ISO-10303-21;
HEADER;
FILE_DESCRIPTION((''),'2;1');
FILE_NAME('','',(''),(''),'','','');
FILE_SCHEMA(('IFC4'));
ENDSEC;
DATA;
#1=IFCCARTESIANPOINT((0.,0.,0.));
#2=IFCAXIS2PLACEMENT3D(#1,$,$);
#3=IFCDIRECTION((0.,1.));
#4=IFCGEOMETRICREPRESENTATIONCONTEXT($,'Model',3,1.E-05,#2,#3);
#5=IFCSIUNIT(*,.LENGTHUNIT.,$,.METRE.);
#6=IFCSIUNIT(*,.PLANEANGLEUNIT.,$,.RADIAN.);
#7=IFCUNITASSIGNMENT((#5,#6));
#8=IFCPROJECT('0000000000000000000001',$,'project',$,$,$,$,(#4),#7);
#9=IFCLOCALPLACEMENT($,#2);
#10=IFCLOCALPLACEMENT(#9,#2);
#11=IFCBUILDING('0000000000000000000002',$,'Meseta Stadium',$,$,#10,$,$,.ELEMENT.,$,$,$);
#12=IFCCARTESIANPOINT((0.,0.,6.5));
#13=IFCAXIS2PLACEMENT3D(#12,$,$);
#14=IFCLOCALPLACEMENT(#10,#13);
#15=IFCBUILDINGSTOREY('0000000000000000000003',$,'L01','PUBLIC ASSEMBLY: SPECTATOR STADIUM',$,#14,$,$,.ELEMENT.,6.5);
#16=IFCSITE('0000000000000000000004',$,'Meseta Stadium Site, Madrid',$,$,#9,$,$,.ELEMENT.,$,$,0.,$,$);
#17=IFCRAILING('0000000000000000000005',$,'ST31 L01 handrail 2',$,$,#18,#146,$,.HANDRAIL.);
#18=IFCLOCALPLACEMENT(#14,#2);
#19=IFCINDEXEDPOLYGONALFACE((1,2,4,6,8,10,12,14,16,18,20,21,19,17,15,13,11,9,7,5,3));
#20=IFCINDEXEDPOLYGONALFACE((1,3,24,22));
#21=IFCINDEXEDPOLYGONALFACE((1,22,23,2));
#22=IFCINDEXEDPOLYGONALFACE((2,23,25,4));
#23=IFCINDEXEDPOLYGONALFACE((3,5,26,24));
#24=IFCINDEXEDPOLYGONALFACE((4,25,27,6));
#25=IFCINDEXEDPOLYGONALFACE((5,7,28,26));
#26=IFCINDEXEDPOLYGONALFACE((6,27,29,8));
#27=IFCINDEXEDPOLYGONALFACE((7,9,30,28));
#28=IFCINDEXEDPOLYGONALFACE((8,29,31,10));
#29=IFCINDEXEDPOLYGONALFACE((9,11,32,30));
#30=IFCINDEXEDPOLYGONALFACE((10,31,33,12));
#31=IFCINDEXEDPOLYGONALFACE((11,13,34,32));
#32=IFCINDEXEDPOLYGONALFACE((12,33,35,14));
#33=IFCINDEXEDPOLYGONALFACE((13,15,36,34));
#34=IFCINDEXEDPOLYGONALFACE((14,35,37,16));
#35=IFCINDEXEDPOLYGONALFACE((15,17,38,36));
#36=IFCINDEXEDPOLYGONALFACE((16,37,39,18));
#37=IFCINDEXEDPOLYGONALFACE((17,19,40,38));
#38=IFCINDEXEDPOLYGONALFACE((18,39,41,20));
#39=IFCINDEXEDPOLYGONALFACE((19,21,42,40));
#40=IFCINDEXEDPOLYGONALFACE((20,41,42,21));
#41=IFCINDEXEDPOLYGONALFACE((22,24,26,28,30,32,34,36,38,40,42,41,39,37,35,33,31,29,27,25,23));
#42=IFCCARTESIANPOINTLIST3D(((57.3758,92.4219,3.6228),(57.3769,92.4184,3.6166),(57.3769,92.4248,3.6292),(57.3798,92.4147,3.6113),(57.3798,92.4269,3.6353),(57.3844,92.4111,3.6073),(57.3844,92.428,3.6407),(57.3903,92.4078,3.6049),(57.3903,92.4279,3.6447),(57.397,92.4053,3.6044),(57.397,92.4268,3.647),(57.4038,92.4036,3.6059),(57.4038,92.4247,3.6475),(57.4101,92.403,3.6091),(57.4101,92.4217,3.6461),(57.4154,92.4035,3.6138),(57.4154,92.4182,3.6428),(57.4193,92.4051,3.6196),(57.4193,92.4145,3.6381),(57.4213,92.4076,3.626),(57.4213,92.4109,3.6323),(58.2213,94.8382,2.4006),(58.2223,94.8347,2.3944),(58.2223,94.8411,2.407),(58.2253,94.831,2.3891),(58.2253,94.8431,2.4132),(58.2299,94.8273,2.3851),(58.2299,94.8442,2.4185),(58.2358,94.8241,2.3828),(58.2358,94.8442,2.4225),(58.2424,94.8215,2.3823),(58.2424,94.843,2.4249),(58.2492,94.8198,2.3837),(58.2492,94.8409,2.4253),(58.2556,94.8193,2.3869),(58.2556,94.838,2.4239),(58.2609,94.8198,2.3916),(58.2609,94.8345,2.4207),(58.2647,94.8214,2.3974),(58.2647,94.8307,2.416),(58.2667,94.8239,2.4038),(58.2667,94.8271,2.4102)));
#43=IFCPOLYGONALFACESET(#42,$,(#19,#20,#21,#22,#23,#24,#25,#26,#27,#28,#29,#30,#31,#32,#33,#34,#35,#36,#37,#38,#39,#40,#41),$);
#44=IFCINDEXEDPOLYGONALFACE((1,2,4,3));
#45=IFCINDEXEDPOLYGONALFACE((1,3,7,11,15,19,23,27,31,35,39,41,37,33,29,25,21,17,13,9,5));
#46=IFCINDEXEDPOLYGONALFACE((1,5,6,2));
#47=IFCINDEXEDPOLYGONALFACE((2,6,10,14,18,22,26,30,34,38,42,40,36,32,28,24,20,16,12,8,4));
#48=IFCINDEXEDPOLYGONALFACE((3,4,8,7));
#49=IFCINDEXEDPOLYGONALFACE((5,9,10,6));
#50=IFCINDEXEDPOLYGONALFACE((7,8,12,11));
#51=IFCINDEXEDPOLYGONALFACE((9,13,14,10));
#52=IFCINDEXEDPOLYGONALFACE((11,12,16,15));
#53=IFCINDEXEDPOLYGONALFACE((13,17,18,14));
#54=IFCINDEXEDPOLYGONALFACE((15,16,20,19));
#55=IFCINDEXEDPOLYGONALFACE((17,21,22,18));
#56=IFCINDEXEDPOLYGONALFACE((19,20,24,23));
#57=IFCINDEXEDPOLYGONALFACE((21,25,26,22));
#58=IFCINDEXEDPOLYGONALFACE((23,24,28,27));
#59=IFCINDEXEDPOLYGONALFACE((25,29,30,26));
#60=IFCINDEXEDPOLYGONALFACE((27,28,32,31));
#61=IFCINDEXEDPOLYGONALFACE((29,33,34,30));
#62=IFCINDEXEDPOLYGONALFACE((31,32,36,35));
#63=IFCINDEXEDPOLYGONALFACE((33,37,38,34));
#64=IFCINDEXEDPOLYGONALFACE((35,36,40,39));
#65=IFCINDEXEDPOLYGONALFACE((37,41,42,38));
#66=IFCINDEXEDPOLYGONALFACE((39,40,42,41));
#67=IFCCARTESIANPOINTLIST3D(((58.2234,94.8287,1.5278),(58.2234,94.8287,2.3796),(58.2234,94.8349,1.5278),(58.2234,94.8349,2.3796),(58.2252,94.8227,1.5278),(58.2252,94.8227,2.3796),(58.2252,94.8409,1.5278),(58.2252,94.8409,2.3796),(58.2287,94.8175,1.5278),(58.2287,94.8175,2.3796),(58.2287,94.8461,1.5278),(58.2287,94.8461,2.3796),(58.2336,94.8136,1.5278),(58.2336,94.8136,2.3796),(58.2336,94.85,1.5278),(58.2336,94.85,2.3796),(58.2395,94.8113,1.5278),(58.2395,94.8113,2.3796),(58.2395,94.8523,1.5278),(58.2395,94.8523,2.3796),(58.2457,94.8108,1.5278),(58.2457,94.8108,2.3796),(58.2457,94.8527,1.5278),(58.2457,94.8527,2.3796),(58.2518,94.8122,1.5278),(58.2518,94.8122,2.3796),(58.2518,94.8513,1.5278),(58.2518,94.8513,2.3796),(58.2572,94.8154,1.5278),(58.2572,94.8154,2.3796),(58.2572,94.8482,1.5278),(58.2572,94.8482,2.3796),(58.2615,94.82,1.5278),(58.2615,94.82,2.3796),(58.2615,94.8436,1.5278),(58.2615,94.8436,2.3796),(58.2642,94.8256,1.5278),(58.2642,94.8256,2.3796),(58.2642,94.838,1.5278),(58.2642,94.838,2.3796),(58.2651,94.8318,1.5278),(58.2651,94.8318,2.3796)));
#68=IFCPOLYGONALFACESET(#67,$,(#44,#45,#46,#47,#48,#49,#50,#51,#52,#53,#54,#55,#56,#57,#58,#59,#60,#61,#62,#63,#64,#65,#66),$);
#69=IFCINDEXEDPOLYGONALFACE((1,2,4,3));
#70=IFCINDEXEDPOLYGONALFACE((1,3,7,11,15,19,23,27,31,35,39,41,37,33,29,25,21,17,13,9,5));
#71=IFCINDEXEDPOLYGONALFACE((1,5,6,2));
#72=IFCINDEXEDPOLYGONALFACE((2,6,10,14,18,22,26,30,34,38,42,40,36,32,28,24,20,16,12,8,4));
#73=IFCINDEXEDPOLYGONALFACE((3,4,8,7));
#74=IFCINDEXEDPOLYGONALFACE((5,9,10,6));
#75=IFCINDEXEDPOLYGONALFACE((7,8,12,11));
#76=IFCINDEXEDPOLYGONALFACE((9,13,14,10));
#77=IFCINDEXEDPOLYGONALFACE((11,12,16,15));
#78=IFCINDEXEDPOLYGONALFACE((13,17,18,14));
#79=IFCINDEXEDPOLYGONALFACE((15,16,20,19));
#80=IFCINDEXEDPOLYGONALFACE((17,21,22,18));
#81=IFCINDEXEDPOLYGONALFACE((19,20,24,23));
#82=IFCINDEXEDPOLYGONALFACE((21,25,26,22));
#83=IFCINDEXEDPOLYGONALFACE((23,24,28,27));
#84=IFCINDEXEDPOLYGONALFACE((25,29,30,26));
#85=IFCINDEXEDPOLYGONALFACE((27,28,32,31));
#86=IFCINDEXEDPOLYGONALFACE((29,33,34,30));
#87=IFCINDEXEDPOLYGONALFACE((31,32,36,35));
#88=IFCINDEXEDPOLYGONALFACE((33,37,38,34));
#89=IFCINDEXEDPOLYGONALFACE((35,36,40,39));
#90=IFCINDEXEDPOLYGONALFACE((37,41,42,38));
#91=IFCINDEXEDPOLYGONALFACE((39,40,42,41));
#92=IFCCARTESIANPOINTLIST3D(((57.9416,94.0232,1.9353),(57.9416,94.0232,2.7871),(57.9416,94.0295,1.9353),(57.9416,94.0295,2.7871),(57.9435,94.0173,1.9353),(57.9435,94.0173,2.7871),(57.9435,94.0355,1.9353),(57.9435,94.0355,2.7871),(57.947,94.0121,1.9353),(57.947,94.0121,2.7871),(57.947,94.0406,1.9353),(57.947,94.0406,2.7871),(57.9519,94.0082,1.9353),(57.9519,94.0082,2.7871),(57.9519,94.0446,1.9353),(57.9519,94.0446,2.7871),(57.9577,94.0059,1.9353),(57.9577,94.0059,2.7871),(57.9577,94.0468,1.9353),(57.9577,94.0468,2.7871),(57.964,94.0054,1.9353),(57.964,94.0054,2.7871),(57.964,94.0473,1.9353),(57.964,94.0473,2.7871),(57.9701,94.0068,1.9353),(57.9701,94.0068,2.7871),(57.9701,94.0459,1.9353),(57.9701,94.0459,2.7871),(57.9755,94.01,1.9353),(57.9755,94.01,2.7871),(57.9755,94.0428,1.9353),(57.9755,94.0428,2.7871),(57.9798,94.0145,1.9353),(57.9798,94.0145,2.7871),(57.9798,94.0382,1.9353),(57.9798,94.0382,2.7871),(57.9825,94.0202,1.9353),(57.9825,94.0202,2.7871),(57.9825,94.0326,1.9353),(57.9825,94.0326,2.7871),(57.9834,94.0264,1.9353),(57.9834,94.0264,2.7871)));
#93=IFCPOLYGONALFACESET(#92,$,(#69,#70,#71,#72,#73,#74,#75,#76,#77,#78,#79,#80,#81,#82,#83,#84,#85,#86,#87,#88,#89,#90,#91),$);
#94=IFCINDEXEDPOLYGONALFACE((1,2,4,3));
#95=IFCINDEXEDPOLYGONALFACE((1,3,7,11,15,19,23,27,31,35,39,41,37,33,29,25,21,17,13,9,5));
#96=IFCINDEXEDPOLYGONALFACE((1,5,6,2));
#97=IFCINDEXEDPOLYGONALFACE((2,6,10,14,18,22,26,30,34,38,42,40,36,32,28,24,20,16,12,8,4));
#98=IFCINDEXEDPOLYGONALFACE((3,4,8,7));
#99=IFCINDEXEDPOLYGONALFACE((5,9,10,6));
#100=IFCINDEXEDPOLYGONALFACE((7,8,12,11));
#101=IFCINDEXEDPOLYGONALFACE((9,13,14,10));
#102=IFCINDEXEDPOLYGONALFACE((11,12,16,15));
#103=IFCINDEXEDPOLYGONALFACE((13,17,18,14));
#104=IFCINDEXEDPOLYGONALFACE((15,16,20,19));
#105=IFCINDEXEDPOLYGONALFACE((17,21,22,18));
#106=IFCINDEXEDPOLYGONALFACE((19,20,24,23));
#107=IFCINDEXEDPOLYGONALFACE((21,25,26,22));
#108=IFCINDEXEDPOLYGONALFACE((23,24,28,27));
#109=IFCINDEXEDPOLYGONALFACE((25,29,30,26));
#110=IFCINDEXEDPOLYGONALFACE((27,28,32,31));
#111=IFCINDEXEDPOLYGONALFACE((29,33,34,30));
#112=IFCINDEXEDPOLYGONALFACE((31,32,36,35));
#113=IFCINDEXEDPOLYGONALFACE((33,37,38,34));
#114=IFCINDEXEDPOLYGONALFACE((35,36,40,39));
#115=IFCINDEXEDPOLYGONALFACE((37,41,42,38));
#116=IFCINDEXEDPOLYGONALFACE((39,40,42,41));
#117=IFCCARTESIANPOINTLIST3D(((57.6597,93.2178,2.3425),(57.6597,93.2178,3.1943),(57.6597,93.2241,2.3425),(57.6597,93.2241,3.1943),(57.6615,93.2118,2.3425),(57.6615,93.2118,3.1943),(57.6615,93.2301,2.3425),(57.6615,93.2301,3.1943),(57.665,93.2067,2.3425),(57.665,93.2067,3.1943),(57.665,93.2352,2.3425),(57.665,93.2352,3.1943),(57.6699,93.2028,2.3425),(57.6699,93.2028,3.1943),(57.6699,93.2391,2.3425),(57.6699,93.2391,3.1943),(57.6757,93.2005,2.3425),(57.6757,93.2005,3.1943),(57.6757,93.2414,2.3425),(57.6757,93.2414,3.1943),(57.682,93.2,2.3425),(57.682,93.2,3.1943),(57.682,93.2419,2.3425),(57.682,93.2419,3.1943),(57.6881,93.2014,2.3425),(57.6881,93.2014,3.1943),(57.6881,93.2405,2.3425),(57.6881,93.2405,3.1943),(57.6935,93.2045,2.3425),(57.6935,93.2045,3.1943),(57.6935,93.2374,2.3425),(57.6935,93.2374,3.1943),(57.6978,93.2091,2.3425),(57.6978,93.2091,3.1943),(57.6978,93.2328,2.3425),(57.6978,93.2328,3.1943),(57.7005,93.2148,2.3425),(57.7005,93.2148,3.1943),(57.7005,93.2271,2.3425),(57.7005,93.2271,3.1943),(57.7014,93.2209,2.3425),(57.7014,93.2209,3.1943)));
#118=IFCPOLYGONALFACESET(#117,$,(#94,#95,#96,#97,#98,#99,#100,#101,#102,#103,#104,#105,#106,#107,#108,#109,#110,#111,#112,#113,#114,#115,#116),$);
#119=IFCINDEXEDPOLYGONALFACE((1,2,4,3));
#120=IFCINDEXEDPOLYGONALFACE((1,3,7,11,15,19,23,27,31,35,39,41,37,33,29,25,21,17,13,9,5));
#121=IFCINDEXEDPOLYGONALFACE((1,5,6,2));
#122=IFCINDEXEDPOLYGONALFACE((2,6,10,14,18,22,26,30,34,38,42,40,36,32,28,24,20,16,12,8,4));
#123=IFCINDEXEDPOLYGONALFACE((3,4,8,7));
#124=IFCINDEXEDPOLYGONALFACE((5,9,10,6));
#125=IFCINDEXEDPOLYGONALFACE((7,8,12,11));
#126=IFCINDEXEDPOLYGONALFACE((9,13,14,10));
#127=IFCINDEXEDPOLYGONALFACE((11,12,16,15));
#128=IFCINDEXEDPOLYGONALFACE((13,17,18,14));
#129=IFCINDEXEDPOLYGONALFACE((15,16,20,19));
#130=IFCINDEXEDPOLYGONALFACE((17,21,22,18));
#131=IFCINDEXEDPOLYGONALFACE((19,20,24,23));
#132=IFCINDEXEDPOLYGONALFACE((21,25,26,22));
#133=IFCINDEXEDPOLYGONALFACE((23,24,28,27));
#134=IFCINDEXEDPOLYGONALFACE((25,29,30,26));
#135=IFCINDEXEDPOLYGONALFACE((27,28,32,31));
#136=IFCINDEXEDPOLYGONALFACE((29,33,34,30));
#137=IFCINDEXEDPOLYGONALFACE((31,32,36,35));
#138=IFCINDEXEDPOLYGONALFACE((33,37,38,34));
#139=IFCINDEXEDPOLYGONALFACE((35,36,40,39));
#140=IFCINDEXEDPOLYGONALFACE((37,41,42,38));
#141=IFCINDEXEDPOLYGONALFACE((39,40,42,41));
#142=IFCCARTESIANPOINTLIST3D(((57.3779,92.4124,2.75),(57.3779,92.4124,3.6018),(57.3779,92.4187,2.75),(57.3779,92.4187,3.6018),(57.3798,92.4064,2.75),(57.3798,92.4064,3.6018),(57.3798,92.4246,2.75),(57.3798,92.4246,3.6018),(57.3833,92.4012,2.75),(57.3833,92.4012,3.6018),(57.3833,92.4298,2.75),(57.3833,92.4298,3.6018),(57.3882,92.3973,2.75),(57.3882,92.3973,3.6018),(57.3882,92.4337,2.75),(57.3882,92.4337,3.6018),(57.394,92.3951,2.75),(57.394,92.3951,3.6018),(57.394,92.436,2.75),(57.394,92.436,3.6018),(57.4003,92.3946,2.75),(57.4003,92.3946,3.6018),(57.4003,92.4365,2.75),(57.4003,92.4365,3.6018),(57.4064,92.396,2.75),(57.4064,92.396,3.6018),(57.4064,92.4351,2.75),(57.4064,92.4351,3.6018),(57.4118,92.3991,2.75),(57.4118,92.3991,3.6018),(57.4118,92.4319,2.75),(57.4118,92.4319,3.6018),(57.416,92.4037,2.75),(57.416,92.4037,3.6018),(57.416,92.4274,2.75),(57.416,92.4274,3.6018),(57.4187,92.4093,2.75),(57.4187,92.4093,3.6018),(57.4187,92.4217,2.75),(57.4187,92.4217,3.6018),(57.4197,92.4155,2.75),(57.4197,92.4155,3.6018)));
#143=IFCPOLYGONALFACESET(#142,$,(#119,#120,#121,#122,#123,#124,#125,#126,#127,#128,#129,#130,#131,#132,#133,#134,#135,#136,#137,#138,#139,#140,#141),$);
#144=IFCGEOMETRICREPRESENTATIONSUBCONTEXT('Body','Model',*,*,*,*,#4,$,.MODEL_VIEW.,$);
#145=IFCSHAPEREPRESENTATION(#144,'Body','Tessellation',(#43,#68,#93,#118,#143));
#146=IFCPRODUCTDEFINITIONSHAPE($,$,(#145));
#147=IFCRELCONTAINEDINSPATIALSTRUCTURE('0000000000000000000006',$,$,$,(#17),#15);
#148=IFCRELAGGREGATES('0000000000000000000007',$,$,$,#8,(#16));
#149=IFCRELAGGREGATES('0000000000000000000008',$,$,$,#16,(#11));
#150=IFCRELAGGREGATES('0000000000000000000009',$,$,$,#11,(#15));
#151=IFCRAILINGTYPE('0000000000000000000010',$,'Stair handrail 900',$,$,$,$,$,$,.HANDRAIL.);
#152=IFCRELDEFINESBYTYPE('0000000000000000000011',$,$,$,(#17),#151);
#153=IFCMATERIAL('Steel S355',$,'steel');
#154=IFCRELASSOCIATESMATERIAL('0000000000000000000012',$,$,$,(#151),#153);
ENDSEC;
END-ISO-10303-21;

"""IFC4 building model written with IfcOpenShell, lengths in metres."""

from ifc_helpers import new_model, si_unit, direction, frame, origin, origin_2d, place, context, subcontext, project, spatial, circle, extrude, material, type_object, element, save


model = new_model("IFC4")

# Units and contexts
model_context = context("Model", 3, precision=1e-05, world=origin(), true_north=direction((0.0, 1.0)))
body_context = subcontext(model_context, "Body", "Model", "MODEL_VIEW")
ifc_project = project(units=[si_unit("LENGTHUNIT", "METRE"), si_unit("PLANEANGLEUNIT", "RADIAN")], contexts=[model_context])

# Site, building, storey
site_placement = place(None, origin())
site = spatial("IfcSite", under=ifc_project, at=site_placement, Name="Meseta Stadium Site, Madrid", CompositionType="ELEMENT", RefElevation=0.0)
building_placement = place(site_placement, origin())
building = spatial("IfcBuilding", under=site, at=building_placement, Name="Meseta Stadium", CompositionType="ELEMENT")
storey_placement = place(building_placement, frame((0.0, 0.0, 6.5)))
storey = spatial("IfcBuildingStorey", under=building, at=storey_placement, Name="L01", Description="PUBLIC ASSEMBLY: SPECTATOR STADIUM", CompositionType="ELEMENT", Elevation=6.5)

# Railing
ifc_material_1 = material(Name="Steel S355", Category="steel")
railing_type_1 = type_object("IfcRailingType", Name="Stair handrail 900", PredefinedType="HANDRAIL", material=ifc_material_1)
for number, where, name in (
    (1, (58.2441, 94.8318, 1.5278), "ST31 L01 handrail 2"),
):
    element("IfcRailing", number, at=place(storey_placement, frame(where)), inside=storey, type_object=railing_type_1, Name=name, PredefinedType="HANDRAIL", context=body_context, shape_type="SweptSolid", body=[
        extrude(circle(Radius=0.0239, at=origin_2d()), frame((0.0, 0.0, 0.876), z_axis=(-0.298044, -0.851789, 0.430843), x_axis=(0.943887, -0.33027, 0.0)), (0.0, 0.0, 1.0), 2.8367),
        extrude(circle(Radius=0.021, at=origin_2d()), origin(), (0.0, 0.0, 1.0), 0.8518),
        extrude(circle(Radius=0.021, at=origin_2d()), frame((-0.2817, -0.8054, 0.4075)), (0.0, 0.0, 1.0), 0.8518),
        extrude(circle(Radius=0.021, at=origin_2d()), frame((-0.5637, -1.6108, 0.8147)), (0.0, 0.0, 1.0), 0.8518),
        extrude(circle(Radius=0.021, at=origin_2d()), frame((-0.8455, -2.4163, 1.2222)), (0.0, 0.0, 1.0), 0.8518),
    ])

save(model, "model.ifc")
